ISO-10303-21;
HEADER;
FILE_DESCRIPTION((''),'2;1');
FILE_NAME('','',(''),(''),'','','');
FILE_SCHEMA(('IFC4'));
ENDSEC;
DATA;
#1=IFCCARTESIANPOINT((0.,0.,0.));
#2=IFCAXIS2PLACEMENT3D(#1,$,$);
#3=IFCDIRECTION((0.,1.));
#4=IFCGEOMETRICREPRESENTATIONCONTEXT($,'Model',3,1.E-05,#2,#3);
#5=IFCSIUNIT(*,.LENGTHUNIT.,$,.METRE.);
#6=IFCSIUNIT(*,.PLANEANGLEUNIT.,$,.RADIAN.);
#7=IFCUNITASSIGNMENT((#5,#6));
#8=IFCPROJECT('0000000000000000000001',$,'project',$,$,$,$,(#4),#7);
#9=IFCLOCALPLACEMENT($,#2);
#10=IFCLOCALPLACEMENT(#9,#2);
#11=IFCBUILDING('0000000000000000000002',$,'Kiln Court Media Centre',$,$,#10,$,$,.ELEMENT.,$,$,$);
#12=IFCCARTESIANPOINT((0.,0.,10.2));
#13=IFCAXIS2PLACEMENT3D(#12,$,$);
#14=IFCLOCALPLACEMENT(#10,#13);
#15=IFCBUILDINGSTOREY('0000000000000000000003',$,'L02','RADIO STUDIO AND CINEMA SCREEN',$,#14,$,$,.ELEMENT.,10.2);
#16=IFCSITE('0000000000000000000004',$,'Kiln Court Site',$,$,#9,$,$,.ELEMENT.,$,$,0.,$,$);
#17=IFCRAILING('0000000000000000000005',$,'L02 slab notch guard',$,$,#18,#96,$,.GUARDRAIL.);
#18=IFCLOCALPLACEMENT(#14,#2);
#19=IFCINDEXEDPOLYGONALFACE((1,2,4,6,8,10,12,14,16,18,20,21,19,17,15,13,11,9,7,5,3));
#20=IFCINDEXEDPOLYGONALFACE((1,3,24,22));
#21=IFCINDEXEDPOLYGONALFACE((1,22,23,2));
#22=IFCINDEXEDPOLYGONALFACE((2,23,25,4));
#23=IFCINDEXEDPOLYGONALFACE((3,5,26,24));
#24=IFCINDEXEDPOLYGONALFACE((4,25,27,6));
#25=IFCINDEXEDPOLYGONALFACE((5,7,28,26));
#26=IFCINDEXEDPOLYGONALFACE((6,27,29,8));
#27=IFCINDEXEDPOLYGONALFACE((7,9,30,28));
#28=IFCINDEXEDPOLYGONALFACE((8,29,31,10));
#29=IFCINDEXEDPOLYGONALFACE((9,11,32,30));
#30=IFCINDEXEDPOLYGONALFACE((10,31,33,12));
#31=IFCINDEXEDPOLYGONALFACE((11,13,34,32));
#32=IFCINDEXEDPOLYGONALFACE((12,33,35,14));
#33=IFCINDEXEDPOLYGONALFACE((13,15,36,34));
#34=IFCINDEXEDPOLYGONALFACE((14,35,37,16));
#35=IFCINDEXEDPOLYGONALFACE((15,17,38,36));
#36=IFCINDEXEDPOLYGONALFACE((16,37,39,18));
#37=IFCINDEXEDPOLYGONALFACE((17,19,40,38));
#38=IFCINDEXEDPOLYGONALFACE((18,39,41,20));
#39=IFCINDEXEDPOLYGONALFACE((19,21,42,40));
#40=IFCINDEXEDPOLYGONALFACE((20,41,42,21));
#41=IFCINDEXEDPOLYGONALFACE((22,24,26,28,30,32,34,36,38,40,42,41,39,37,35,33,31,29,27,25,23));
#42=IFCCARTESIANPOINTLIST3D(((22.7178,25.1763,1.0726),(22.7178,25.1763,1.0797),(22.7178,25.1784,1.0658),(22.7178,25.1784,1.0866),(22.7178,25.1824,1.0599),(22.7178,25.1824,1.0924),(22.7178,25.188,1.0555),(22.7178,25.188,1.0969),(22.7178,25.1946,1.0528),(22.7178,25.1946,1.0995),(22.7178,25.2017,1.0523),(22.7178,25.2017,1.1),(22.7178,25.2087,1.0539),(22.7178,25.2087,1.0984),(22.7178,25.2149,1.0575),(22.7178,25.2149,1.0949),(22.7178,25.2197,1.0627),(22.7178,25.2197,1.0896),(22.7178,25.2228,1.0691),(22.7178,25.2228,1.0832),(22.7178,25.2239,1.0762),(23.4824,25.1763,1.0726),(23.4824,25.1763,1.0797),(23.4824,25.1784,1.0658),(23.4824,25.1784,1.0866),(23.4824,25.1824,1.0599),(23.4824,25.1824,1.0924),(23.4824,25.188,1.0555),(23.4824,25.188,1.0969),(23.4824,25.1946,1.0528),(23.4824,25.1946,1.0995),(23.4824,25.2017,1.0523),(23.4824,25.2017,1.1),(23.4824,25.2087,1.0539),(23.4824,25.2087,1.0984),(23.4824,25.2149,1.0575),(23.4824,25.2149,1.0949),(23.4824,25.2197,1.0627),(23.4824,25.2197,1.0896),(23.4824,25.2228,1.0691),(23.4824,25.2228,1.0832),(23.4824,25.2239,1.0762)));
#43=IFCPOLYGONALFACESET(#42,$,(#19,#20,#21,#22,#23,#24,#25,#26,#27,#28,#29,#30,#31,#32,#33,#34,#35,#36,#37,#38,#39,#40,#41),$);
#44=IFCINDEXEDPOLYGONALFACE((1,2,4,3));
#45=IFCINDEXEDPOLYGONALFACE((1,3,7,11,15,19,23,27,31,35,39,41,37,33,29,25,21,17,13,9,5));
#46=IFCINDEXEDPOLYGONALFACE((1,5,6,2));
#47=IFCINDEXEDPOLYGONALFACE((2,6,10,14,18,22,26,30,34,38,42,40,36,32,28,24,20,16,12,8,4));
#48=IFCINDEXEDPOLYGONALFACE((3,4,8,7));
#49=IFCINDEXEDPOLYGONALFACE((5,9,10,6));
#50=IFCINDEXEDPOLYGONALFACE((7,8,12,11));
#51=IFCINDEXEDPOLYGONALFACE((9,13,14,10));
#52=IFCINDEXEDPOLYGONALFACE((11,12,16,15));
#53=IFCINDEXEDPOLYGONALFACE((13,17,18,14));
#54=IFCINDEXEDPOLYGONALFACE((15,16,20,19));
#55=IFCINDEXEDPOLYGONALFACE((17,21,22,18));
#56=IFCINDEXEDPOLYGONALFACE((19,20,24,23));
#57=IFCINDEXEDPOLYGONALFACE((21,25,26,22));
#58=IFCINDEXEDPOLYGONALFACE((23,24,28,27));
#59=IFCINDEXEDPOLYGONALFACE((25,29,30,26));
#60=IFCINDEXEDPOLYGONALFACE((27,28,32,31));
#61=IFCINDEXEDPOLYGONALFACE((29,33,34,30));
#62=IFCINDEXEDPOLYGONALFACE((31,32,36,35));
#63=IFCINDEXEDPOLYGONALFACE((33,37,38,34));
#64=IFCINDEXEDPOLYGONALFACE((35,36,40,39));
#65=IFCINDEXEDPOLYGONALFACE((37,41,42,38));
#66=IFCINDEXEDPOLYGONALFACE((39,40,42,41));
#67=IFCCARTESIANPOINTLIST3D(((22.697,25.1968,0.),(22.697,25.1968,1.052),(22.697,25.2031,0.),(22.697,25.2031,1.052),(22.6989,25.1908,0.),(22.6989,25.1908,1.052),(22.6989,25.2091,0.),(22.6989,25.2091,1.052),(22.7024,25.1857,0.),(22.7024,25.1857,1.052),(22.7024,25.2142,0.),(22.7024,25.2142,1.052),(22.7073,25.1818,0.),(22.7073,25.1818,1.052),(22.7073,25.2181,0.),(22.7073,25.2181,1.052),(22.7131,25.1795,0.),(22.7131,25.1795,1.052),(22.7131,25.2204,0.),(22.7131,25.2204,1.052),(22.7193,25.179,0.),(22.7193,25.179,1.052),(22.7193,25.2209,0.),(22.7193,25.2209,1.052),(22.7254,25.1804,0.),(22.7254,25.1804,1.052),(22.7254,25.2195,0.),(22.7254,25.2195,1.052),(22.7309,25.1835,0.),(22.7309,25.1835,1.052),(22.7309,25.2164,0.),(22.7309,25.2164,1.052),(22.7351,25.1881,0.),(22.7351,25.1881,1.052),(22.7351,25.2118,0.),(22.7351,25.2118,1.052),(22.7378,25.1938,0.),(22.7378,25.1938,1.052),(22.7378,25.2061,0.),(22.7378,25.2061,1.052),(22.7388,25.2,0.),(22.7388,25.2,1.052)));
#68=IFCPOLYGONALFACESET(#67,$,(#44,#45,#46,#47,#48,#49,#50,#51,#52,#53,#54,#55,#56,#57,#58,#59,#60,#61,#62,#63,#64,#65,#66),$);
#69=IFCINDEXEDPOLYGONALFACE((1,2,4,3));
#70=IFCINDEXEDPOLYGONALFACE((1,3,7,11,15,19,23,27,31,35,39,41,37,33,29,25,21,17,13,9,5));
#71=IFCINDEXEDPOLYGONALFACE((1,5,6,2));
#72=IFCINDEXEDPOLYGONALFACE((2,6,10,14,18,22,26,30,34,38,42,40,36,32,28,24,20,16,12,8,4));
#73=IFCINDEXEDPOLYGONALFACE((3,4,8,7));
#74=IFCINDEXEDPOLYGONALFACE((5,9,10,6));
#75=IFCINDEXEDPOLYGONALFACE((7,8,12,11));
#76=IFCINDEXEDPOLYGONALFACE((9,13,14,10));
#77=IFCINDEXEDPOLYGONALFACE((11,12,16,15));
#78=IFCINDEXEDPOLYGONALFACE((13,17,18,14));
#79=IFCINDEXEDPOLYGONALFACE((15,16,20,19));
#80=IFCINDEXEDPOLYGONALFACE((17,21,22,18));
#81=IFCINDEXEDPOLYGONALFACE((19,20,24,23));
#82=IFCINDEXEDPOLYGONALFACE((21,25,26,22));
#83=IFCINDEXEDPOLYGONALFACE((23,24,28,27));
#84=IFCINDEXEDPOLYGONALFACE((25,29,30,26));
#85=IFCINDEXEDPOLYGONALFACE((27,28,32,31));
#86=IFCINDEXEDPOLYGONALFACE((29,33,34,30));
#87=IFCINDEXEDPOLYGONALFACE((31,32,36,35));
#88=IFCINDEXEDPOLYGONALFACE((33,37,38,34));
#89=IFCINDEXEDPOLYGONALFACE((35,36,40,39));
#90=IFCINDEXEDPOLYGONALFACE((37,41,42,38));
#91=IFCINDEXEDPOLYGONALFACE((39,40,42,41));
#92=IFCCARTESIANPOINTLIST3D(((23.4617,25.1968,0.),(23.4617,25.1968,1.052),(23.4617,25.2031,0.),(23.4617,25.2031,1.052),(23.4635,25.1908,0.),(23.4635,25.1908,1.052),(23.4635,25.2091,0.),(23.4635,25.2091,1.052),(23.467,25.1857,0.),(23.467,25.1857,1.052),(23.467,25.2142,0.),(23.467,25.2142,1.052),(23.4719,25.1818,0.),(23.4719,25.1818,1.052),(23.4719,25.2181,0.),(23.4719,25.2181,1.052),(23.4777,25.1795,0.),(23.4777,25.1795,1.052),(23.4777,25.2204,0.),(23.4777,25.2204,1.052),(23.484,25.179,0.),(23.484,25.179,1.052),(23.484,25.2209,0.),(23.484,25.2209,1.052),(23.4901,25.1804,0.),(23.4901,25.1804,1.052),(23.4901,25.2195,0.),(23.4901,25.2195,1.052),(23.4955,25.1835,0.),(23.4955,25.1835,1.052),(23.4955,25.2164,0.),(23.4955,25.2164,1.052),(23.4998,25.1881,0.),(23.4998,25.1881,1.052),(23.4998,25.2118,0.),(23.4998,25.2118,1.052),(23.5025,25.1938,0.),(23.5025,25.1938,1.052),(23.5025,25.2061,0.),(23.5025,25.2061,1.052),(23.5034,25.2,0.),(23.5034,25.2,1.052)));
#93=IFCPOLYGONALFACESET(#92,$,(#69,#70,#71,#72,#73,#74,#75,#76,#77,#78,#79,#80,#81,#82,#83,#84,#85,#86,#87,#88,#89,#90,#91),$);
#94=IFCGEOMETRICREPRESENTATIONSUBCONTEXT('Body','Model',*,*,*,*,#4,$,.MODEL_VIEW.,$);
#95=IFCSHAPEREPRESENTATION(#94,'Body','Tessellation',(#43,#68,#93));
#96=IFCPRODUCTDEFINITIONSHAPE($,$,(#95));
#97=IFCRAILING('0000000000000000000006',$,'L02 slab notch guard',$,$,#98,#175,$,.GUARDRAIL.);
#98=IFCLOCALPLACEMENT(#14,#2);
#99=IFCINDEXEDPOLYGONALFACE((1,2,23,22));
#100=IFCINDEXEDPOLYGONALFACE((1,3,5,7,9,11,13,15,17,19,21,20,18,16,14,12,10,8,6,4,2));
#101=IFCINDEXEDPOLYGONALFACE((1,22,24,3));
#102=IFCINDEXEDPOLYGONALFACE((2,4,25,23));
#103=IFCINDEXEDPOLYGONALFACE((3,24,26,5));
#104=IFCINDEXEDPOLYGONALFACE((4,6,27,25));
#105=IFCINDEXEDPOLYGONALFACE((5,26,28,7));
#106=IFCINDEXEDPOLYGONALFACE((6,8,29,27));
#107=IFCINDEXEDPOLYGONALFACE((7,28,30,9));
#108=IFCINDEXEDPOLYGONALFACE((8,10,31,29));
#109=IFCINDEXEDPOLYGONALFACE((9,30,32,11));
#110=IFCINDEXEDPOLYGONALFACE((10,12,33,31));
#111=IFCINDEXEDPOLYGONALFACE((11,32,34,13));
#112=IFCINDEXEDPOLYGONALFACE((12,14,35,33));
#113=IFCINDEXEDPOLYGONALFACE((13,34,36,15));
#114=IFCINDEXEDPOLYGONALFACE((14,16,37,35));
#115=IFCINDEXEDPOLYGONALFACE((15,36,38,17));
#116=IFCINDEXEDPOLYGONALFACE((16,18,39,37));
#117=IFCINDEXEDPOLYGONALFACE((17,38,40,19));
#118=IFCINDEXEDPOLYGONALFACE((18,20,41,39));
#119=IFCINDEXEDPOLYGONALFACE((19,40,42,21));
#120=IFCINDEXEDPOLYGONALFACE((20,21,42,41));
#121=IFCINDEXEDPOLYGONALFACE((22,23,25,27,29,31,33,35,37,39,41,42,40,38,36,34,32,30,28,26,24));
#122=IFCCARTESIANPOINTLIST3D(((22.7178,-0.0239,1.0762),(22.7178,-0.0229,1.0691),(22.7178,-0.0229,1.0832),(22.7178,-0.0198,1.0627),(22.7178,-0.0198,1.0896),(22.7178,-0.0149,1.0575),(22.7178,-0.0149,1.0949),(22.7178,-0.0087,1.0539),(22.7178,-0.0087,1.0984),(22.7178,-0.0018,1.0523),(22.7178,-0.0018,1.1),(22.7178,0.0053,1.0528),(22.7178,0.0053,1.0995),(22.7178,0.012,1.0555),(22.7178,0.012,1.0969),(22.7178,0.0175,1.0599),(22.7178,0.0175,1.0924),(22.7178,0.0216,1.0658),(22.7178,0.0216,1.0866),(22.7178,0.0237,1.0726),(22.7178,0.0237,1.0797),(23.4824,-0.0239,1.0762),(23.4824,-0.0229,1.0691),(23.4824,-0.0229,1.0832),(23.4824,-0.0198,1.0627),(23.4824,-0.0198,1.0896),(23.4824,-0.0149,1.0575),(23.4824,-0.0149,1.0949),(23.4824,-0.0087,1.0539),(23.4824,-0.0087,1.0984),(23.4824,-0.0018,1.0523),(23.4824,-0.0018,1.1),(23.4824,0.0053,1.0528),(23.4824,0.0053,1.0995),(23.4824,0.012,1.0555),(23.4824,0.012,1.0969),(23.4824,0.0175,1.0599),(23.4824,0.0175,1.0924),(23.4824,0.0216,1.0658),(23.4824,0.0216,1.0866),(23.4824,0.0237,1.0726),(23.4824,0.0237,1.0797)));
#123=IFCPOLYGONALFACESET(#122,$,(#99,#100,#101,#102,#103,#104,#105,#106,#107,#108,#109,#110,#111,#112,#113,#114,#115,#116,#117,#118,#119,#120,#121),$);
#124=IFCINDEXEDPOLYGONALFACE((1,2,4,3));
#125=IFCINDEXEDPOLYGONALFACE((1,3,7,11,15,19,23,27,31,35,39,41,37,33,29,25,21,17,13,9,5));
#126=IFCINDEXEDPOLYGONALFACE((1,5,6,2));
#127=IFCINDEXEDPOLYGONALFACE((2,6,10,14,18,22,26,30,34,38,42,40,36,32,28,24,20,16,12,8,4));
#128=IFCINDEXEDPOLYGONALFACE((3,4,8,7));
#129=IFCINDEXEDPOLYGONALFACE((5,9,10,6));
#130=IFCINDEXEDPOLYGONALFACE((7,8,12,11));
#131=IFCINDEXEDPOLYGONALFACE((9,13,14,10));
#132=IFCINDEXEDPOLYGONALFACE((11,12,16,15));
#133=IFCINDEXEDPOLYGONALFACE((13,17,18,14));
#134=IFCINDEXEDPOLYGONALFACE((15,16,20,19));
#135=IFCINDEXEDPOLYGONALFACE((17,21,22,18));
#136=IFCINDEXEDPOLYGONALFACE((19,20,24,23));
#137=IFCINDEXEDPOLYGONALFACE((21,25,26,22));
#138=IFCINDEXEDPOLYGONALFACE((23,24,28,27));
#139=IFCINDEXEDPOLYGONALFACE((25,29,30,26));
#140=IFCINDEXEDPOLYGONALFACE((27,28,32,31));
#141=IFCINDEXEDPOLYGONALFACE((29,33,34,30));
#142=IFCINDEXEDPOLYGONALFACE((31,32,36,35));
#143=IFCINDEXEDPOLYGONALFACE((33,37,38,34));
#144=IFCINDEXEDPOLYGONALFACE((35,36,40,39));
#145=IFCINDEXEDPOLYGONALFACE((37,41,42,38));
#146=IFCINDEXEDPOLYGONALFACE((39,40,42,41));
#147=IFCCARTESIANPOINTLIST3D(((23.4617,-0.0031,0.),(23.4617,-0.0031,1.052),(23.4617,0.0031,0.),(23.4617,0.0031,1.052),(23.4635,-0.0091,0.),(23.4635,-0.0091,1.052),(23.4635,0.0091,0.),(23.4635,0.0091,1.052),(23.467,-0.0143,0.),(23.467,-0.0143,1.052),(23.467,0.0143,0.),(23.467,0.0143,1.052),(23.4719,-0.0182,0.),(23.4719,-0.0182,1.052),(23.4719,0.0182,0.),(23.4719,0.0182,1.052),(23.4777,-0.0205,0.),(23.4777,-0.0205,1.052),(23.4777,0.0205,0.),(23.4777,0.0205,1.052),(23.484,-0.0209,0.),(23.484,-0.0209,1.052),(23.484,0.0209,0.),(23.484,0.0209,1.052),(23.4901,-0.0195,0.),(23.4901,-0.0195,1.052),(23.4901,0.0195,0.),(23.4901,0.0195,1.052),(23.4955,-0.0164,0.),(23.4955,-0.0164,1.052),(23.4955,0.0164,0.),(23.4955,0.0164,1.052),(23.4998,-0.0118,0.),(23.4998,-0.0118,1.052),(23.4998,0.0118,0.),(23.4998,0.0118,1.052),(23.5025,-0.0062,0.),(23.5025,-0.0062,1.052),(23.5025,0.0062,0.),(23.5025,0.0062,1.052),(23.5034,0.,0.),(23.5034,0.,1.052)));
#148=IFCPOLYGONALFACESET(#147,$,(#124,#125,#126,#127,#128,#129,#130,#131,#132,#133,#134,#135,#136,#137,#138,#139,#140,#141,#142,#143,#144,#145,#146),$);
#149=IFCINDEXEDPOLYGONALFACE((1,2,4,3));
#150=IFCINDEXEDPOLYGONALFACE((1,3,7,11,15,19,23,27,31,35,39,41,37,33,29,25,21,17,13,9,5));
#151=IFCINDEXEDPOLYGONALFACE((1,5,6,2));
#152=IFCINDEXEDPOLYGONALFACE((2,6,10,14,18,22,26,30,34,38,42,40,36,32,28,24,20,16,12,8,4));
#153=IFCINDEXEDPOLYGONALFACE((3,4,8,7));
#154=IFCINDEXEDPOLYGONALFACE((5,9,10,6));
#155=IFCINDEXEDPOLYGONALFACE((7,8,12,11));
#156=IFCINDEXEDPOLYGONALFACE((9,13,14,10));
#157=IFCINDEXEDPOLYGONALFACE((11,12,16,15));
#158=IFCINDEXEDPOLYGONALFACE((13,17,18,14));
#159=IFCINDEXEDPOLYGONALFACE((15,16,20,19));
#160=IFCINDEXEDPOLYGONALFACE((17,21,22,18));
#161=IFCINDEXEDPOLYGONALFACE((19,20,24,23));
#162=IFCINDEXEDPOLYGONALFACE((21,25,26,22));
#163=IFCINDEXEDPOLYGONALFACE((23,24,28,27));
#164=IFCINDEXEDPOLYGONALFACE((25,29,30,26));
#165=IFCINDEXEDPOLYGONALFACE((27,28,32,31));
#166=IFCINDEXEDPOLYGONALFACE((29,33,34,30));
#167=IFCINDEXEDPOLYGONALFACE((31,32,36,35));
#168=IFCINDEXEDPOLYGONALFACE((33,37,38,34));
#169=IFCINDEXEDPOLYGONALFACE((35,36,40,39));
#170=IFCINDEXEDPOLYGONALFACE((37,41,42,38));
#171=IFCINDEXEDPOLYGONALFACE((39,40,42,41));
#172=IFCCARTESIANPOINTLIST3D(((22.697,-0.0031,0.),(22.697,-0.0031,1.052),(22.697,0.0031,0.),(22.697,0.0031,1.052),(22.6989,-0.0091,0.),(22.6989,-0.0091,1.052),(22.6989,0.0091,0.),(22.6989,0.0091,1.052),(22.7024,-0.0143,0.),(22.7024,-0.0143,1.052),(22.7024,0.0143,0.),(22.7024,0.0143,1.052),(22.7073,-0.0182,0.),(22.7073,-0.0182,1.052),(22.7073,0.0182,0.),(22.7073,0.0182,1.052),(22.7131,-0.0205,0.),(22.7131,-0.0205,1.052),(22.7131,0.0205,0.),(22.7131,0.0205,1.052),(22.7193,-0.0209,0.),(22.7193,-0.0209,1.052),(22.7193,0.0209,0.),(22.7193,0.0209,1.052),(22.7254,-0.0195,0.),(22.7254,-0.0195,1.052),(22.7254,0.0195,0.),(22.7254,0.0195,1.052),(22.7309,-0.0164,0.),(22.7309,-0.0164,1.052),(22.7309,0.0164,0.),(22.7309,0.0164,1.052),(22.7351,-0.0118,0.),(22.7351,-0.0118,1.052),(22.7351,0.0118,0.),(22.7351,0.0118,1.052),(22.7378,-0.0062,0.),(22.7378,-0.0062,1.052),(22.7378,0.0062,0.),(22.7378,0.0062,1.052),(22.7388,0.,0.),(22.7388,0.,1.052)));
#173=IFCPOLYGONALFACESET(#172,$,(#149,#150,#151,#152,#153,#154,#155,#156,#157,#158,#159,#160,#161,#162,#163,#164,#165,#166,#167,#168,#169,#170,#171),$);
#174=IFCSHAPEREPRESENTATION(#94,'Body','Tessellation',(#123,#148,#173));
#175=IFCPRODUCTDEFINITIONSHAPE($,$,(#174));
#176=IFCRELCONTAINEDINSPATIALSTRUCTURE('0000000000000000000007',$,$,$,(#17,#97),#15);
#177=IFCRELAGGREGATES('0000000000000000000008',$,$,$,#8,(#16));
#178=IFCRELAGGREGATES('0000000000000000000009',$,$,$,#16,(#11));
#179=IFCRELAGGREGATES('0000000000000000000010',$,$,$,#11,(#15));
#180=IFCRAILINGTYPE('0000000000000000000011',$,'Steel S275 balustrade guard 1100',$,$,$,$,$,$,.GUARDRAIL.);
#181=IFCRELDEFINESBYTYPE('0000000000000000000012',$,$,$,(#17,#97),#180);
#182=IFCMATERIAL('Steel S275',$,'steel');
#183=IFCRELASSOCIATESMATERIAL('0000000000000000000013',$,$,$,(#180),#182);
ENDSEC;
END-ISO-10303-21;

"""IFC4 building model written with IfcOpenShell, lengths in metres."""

from ifc_helpers import new_model, si_unit, direction, frame, origin, origin_2d, place, context, subcontext, project, spatial, circle, extrude, material, type_object, element, save


model = new_model("IFC4")

# Units and contexts
model_context = context("Model", 3, precision=1e-05, world=origin(), true_north=direction((0.0, 1.0)))
body_context = subcontext(model_context, "Body", "Model", "MODEL_VIEW")
ifc_project = project(units=[si_unit("LENGTHUNIT", "METRE"), si_unit("PLANEANGLEUNIT", "RADIAN")], contexts=[model_context])

# Site, building, storey
site_placement = place(None, origin())
site = spatial("IfcSite", under=ifc_project, at=site_placement, Name="Kiln Court Site", CompositionType="ELEMENT", RefElevation=0.0)
building_placement = place(site_placement, origin())
building = spatial("IfcBuilding", under=site, at=building_placement, Name="Kiln Court Media Centre", CompositionType="ELEMENT")
storey_placement = place(building_placement, frame((0.0, 0.0, 10.2)))
storey = spatial("IfcBuildingStorey", under=building, at=storey_placement, Name="L02", Description="RADIO STUDIO AND CINEMA SCREEN", CompositionType="ELEMENT", Elevation=10.2)

# Railings
ifc_material_1 = material(Name="Steel S275", Category="steel")
railing_type = type_object("IfcRailingType", Name="Steel S275 balustrade guard 1100", PredefinedType="GUARDRAIL", material=ifc_material_1)
for number, where, name in (
    (1, (22.7178, 25.2, 0.0), "L02 slab notch guard"),
):
    element("IfcRailing", number, at=place(storey_placement, frame(where)), inside=storey, type_object=railing_type, Name=name, PredefinedType="GUARDRAIL", context=body_context, shape_type="SweptSolid", body=[
        extrude(circle(Radius=0.0239, at=origin_2d()), frame((0.0, 0.0, 1.0762), z_axis=(1.0, 0.0, 0.0), x_axis=(0.0, 1.0, 0.0)), (0.0, 0.0, 1.0), 0.7646),
        extrude(circle(Radius=0.021, at=origin_2d()), origin(), (0.0, 0.0, 1.0), 1.052),
        extrude(circle(Radius=0.021, at=origin_2d()), frame((0.7646, 0.0, 0.0)), (0.0, 0.0, 1.0), 1.052),
    ])
for number, where, name in (
    (2, (23.4824, 0.0, 0.0), "L02 slab notch guard"),
):
    element("IfcRailing", number, at=place(storey_placement, frame(where)), inside=storey, type_object=railing_type, Name=name, PredefinedType="GUARDRAIL", context=body_context, shape_type="SweptSolid", body=[
        extrude(circle(Radius=0.0239, at=origin_2d()), frame((0.0, 0.0, 1.0762), z_axis=(-1.0, 0.0, 0.0), x_axis=(0.0, -1.0, 0.0)), (0.0, 0.0, 1.0), 0.7646),
        extrude(circle(Radius=0.021, at=origin_2d()), origin(), (0.0, 0.0, 1.0), 1.052),
        extrude(circle(Radius=0.021, at=origin_2d()), frame((-0.7646, 0.0, 0.0)), (0.0, 0.0, 1.0), 1.052),
    ])

save(model, "model.ifc")
